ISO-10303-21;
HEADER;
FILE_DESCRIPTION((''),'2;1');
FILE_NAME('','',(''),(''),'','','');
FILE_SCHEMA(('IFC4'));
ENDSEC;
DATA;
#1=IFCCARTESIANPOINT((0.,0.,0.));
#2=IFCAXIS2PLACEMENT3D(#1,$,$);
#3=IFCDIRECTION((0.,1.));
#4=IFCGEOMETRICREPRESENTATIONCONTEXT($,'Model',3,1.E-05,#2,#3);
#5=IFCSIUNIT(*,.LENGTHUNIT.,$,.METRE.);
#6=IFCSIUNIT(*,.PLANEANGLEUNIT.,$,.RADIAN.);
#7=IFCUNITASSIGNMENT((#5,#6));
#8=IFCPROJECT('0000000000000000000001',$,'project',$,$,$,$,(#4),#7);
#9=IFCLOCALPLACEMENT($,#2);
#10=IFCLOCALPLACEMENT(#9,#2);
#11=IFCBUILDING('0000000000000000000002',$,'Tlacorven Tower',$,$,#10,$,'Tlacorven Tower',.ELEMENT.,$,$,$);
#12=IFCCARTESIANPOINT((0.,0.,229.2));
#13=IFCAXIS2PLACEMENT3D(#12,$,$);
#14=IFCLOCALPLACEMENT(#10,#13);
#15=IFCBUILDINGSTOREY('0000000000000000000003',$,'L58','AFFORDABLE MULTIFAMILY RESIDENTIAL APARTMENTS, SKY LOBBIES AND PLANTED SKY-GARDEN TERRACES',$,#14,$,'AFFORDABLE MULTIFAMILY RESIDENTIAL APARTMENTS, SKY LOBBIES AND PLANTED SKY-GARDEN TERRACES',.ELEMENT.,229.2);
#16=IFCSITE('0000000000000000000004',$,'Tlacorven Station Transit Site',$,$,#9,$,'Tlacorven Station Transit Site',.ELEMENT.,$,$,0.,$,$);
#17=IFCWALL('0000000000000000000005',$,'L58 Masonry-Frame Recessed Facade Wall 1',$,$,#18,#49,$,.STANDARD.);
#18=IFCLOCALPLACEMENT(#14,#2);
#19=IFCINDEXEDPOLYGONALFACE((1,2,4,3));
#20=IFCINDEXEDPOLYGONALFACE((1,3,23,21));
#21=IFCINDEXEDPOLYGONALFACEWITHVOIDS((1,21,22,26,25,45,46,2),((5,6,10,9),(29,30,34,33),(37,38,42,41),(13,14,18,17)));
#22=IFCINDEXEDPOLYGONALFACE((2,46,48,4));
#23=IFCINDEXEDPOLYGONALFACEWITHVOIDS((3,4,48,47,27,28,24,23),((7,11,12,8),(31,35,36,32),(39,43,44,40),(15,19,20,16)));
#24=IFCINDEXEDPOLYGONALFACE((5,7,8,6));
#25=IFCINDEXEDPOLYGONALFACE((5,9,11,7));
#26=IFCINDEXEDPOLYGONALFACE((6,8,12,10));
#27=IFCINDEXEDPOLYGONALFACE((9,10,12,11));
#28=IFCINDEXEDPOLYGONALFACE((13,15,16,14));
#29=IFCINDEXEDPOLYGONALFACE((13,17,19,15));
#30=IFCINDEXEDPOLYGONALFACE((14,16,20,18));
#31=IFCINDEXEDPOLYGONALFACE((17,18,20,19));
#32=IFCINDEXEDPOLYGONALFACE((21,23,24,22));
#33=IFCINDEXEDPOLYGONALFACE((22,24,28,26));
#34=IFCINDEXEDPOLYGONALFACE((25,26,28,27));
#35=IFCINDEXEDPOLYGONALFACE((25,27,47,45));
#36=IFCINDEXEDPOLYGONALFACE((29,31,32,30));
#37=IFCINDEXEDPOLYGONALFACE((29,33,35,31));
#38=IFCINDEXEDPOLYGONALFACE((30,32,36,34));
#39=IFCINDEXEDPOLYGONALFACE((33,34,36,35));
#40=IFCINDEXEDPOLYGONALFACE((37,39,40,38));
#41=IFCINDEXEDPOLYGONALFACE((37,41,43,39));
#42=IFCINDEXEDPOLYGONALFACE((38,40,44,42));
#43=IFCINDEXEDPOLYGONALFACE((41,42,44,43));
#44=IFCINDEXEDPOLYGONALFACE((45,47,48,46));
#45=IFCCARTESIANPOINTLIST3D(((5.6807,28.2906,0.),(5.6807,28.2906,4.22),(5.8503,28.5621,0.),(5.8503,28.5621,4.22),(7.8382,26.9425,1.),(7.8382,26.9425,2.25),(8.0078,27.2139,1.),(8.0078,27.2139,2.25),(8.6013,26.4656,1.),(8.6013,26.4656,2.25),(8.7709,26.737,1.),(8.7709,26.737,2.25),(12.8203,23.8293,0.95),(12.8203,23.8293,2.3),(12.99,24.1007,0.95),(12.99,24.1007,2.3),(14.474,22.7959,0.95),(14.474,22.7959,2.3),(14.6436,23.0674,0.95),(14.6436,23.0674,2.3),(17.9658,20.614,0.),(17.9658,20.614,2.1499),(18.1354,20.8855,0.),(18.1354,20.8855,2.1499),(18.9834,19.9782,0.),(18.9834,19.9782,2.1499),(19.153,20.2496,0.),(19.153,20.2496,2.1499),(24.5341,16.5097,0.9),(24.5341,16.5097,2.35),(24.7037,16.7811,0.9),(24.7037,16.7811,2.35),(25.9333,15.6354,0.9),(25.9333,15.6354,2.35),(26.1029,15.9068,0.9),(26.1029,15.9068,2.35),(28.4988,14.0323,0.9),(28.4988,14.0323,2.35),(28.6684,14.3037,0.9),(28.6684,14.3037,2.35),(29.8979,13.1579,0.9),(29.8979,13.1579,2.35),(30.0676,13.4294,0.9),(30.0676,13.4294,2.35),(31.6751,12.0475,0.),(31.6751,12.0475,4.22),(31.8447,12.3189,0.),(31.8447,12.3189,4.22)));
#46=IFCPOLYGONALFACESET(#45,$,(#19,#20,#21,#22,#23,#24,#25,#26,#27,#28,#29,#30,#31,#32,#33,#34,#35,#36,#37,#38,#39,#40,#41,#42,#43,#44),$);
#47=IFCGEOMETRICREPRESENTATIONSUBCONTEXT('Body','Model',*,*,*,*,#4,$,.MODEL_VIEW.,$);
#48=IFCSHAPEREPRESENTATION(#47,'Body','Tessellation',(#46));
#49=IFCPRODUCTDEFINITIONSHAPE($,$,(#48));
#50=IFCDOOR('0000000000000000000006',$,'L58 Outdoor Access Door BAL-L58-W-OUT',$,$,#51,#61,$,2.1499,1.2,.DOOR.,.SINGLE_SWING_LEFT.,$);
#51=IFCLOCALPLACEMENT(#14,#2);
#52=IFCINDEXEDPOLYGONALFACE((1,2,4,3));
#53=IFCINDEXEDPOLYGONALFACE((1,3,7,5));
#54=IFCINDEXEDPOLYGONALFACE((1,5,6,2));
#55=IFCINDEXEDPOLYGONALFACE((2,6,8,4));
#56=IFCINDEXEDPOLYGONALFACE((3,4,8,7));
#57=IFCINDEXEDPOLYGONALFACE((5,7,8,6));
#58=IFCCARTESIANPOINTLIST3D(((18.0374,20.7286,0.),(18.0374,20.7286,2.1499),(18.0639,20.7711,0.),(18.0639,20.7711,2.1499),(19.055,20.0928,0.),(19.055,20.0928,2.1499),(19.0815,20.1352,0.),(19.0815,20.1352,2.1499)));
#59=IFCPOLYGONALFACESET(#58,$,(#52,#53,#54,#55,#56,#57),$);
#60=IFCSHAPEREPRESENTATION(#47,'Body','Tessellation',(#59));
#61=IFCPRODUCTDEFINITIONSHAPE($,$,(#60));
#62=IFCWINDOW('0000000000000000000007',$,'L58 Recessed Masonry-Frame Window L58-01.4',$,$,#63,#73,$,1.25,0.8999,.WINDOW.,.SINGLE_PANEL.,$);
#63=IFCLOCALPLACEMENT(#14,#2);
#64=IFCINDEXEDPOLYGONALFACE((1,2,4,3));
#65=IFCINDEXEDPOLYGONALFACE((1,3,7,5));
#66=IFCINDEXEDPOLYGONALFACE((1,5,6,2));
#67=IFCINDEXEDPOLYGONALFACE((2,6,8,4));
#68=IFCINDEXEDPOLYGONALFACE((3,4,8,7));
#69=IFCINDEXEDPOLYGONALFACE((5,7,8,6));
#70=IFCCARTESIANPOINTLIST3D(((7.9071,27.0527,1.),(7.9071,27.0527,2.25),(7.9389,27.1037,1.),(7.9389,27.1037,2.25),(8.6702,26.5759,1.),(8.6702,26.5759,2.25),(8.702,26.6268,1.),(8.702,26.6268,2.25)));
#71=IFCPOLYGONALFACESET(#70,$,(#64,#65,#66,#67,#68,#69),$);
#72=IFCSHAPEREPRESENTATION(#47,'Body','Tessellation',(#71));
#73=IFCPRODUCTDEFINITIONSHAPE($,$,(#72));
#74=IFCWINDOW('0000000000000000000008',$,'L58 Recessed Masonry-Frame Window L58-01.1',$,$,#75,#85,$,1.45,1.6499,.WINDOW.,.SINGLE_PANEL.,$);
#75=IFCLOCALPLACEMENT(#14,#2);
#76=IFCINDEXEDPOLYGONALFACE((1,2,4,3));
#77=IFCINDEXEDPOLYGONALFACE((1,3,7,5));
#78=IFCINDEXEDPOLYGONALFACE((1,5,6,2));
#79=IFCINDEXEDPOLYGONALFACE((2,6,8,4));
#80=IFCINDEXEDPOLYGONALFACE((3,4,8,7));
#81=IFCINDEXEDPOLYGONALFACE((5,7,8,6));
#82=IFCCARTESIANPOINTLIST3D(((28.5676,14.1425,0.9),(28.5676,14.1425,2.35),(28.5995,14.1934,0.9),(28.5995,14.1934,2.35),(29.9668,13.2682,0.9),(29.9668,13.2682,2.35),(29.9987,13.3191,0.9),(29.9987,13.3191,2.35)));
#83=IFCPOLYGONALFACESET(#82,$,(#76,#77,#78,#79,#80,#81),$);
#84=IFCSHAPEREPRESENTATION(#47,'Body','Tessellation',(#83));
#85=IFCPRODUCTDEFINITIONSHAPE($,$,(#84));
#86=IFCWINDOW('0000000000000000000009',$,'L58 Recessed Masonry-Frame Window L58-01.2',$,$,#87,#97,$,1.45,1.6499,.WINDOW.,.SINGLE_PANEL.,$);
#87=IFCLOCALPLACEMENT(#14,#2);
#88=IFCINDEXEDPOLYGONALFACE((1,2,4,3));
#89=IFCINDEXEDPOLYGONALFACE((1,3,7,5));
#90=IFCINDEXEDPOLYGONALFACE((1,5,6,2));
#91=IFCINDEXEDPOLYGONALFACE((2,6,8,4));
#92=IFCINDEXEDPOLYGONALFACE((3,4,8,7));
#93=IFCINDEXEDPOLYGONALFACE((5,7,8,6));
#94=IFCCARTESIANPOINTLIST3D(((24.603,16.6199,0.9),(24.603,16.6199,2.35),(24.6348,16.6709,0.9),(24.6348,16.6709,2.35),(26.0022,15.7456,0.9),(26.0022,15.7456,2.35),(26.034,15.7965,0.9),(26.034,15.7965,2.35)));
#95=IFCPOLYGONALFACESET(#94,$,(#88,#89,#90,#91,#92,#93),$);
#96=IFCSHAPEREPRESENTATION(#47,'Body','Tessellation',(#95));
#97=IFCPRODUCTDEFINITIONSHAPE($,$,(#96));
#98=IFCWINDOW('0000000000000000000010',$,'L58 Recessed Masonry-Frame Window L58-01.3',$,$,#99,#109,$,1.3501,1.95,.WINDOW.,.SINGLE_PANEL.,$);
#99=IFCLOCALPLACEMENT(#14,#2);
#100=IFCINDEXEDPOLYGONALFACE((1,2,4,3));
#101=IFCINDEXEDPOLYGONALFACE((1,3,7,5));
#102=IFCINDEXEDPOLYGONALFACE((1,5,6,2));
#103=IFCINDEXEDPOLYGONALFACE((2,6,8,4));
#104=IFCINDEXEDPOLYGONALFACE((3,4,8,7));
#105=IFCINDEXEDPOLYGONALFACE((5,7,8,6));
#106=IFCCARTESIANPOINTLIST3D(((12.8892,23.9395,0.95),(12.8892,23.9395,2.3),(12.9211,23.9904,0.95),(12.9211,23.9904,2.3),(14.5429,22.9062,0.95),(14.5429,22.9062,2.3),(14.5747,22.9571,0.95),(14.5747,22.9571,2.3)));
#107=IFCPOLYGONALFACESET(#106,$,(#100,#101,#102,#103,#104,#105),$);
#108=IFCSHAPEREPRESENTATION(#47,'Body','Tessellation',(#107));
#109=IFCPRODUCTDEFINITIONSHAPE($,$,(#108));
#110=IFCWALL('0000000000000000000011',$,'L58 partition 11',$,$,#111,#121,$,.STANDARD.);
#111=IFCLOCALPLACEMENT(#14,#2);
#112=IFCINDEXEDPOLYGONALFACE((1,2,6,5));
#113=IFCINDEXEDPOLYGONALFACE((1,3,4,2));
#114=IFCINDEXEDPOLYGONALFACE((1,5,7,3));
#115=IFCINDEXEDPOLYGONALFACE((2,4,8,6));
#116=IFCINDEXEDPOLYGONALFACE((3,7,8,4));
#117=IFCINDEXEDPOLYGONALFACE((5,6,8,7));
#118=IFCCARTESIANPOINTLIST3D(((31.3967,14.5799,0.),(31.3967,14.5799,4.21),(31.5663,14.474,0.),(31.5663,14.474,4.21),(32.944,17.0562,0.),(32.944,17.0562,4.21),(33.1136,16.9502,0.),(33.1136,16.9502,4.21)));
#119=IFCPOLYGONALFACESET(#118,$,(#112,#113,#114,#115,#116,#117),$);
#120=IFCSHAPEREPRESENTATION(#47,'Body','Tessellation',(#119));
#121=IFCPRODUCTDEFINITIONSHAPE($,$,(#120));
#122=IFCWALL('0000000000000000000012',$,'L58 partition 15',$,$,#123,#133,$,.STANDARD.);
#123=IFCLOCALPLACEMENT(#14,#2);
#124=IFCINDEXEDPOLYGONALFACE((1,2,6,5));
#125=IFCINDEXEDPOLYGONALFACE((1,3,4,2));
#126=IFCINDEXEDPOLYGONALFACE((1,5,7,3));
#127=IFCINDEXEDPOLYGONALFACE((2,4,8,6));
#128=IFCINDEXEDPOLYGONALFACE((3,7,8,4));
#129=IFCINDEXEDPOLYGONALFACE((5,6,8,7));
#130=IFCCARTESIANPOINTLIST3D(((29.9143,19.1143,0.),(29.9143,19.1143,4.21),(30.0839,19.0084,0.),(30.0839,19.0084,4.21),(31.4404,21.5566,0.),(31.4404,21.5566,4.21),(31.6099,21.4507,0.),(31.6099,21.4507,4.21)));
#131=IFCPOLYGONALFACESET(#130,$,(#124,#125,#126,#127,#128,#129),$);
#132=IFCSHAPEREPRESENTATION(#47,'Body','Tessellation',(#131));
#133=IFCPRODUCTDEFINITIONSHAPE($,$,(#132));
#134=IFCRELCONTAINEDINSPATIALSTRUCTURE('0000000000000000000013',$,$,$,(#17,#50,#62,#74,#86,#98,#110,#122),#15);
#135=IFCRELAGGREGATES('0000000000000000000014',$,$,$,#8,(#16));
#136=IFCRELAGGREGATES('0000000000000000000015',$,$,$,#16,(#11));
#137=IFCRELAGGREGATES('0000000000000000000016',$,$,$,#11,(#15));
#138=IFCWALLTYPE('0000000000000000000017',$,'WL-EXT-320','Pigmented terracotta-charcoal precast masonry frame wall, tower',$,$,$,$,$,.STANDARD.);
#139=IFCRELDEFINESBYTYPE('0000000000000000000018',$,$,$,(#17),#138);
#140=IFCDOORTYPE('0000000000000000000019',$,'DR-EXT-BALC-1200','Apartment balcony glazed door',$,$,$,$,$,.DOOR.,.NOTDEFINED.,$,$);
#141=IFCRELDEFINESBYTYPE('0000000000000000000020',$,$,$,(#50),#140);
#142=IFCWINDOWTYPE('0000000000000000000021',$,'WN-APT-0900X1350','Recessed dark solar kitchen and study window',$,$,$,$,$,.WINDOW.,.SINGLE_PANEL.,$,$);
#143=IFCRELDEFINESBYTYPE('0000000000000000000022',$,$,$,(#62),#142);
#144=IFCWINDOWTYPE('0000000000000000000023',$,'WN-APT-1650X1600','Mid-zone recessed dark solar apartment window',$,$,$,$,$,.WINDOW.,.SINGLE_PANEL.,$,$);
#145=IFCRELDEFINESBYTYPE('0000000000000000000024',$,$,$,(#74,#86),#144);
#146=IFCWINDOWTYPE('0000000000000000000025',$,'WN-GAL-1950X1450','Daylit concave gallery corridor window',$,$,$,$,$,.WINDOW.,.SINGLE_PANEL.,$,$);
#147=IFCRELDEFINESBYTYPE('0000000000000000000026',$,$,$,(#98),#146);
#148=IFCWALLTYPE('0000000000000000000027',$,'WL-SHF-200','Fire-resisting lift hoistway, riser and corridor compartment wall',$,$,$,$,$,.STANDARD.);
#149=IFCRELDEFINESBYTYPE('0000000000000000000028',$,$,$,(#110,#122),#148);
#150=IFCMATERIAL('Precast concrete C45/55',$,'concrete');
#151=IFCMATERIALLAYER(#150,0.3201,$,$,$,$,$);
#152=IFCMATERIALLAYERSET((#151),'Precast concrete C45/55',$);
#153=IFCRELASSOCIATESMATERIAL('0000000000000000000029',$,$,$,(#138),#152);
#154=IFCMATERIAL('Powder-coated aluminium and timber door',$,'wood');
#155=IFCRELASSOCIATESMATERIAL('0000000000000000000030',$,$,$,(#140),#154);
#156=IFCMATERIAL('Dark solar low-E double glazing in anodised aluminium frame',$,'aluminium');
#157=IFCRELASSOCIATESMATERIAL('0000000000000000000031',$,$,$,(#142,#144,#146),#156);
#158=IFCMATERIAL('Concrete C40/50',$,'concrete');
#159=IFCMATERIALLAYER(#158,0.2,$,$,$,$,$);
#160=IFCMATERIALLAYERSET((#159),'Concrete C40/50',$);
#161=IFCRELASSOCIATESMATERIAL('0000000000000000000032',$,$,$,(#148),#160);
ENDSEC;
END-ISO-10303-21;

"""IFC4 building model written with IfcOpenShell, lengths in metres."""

from ifc_helpers import new_model, si_unit, direction, frame, frame_2d, origin, place, context, subcontext, project, spatial, rectangle, extrude, source, transform, mapped, material, layer, layer_set, type_object, element, fill, save


model = new_model("IFC4")

# Units and contexts
model_context = context("Model", 3, precision=1e-05, world=origin(), true_north=direction((0.0, 1.0)))
body_context = subcontext(model_context, "Body", "Model", "MODEL_VIEW")
ifc_project = project(units=[si_unit("LENGTHUNIT", "METRE"), si_unit("PLANEANGLEUNIT", "RADIAN")], contexts=[model_context])

# Site, building, storey
site_placement = place(None, origin())
site = spatial("IfcSite", under=ifc_project, at=site_placement, Name="Tlacorven Station Transit Site", LongName="Tlacorven Station Transit Site", CompositionType="ELEMENT", RefElevation=0.0)
building_placement = place(site_placement, origin())
building = spatial("IfcBuilding", under=site, at=building_placement, Name="Tlacorven Tower", LongName="Tlacorven Tower", CompositionType="ELEMENT")
storey_placement = place(building_placement, frame((0.0, 0.0, 229.2)))
storey = spatial("IfcBuildingStorey", under=building, at=storey_placement, Name="L58", Description="AFFORDABLE MULTIFAMILY RESIDENTIAL APARTMENTS, SKY LOBBIES AND PLANTED SKY-GARDEN TERRACES", LongName="AFFORDABLE MULTIFAMILY RESIDENTIAL APARTMENTS, SKY LOBBIES AND PLANTED SKY-GARDEN TERRACES", CompositionType="ELEMENT", Elevation=229.2)

# Wall, openings, door, windows
ifc_material_1 = material(Name="Precast concrete C45/55", Category="concrete")
ifc_layer_1 = layer(ifc_material_1, 0.3201)
ifc_layer_set_1 = layer_set([ifc_layer_1], Name="Precast concrete C45/55")
wall_type_1 = type_object("IfcWallType", Name="WL-EXT-320", Description="Pigmented terracotta-charcoal precast masonry frame wall, tower", PredefinedType="STANDARD", material=ifc_layer_set_1)
wall_1_placement = place(storey_placement, frame((31.76, 12.1831, 0.0), z_axis=(0.0, 0.0, 1.0), x_axis=(-0.848047, 0.529921, 0.0)))
wall_1 = element("IfcWall", 1, at=wall_1_placement, inside=storey, type_object=wall_type_1, Name="L58 Masonry-Frame Recessed Facade Wall 1", PredefinedType="STANDARD", context=body_context, shape_type="SweptSolid", body=[
    extrude(rectangle(XDim=30.6521, YDim=0.3201, at=frame_2d((15.3262, 0.0))), origin(), (0.0, 0.0, 1.0), 4.22),
])
opening_1_placement = place(wall_1_placement, frame((14.9658, 0.0, 0.0)))
opening_1 = element("IfcOpeningElement", 2, at=opening_1_placement, cuts=wall_1, PredefinedType="OPENING", context=body_context, shape_type="SweptSolid", body=[
    extrude(rectangle(XDim=1.2, YDim=2.1499, at=frame_2d((0.6001, 1.075))), frame((0.0, 0.1699, 0.0), z_axis=(0.0, -1.0, 0.0), x_axis=(1.0, 0.0, 0.0)), (0.0, 0.0, 1.0), 0.3401),
])
opening_2_placement = place(wall_1_placement, frame((2.0957, 0.0, 0.8999)))
opening_2 = element("IfcOpeningElement", 3, at=opening_2_placement, cuts=wall_1, PredefinedType="OPENING", context=body_context, shape_type="SweptSolid", body=[
    extrude(rectangle(XDim=1.6499, YDim=1.45, at=frame_2d((0.825, 0.7251))), frame((0.0, 0.1699, 0.0), z_axis=(0.0, -1.0, 0.0), x_axis=(1.0, 0.0, 0.0)), (0.0, 0.0, 1.0), 0.3401),
])
opening_3_placement = place(wall_1_placement, frame((6.7708, 0.0, 0.8999)))
opening_3 = element("IfcOpeningElement", 4, at=opening_3_placement, cuts=wall_1, PredefinedType="OPENING", context=body_context, shape_type="SweptSolid", body=[
    extrude(rectangle(XDim=1.6499, YDim=1.45, at=frame_2d((0.825, 0.7251))), frame((0.0, 0.1699, 0.0), z_axis=(0.0, -1.0, 0.0), x_axis=(1.0, 0.0, 0.0)), (0.0, 0.0, 1.0), 0.3401),
])
opening_4_placement = place(wall_1_placement, frame((20.2832, 0.0, 0.95)))
opening_4 = element("IfcOpeningElement", 5, at=opening_4_placement, cuts=wall_1, PredefinedType="OPENING", context=body_context, shape_type="SweptSolid", body=[
    extrude(rectangle(XDim=1.95, YDim=1.3501, at=frame_2d((0.9751, 0.675))), frame((0.0, 0.1699, 0.0), z_axis=(0.0, -1.0, 0.0), x_axis=(1.0, 0.0, 0.0)), (0.0, 0.0, 1.0), 0.3401),
])
opening_5_placement = place(wall_1_placement, frame((27.2083, 0.0, 1.0)))
opening_5 = element("IfcOpeningElement", 6, at=opening_5_placement, cuts=wall_1, PredefinedType="OPENING", context=body_context, shape_type="SweptSolid", body=[
    extrude(rectangle(XDim=0.8999, YDim=1.25, at=frame_2d((0.45, 0.625))), frame((0.0, 0.1699, 0.0), z_axis=(0.0, -1.0, 0.0), x_axis=(1.0, 0.0, 0.0)), (0.0, 0.0, 1.0), 0.3401),
])
ifc_material_2 = material(Name="Powder-coated aluminium and timber door", Category="wood")
door_type_1 = type_object("IfcDoorType", Name="DR-EXT-BALC-1200", Description="Apartment balcony glazed door", OperationType="NOTDEFINED", PredefinedType="DOOR", material=ifc_material_2)
shared_shape_1 = source(origin(), body_context, "Body", "SweptSolid", [
    extrude(rectangle(XDim=1.2, YDim=2.1499, at=frame_2d((0.6001, 1.075))), frame((0.0, 0.0249, 0.0), z_axis=(0.0, -1.0, 0.0), x_axis=(1.0, 0.0, 0.0)), (0.0, 0.0, 1.0), 0.05),
])
door_1_placement = place(opening_1_placement, origin())
door_1 = element("IfcDoor", 7, at=door_1_placement, inside=storey, type_object=door_type_1, Name="L58 Outdoor Access Door BAL-L58-W-OUT", OperationType="SINGLE_SWING_LEFT", OverallHeight=2.1499, OverallWidth=1.2, PredefinedType="DOOR", context=body_context, shape_type="MappedRepresentation", body=[
    mapped(shared_shape_1, transform((0.0, 0.0, 0.0), scale=1.0)),
])
fill(opening_1, door_1)
ifc_material_3 = material(Name="Dark solar low-E double glazing in anodised aluminium frame", Category="aluminium")
window_type_1 = type_object("IfcWindowType", Name="WN-APT-0900X1350", Description="Recessed dark solar kitchen and study window", PartitioningType="SINGLE_PANEL", PredefinedType="WINDOW", material=ifc_material_3)
shared_shape_2 = source(origin(), body_context, "Body", "SweptSolid", [
    extrude(rectangle(XDim=0.8999, YDim=1.25, at=frame_2d((0.45, 0.625))), frame((0.0, 0.03, 0.0), z_axis=(0.0, -1.0, 0.0), x_axis=(1.0, 0.0, 0.0)), (0.0, 0.0, 1.0), 0.0601),
])
window_1_placement = place(opening_5_placement, origin())
window_1 = element("IfcWindow", 8, at=window_1_placement, inside=storey, type_object=window_type_1, Name="L58 Recessed Masonry-Frame Window L58-01.4", OverallHeight=1.25, OverallWidth=0.8999, PartitioningType="SINGLE_PANEL", PredefinedType="WINDOW", context=body_context, shape_type="MappedRepresentation", body=[
    mapped(shared_shape_2, transform((0.0, 0.0, 0.0), scale=1.0)),
])
fill(opening_5, window_1)
window_type_2 = type_object("IfcWindowType", Name="WN-APT-1650X1600", Description="Mid-zone recessed dark solar apartment window", PartitioningType="SINGLE_PANEL", PredefinedType="WINDOW", material=ifc_material_3)
shared_shape_3 = source(origin(), body_context, "Body", "SweptSolid", [
    extrude(rectangle(XDim=1.6499, YDim=1.45, at=frame_2d((0.825, 0.7251))), frame((0.0, 0.03, 0.0), z_axis=(0.0, -1.0, 0.0), x_axis=(1.0, 0.0, 0.0)), (0.0, 0.0, 1.0), 0.0601),
])
window_2_placement = place(opening_2_placement, origin())
window_2 = element("IfcWindow", 9, at=window_2_placement, inside=storey, type_object=window_type_2, Name="L58 Recessed Masonry-Frame Window L58-01.1", OverallHeight=1.45, OverallWidth=1.6499, PartitioningType="SINGLE_PANEL", PredefinedType="WINDOW", context=body_context, shape_type="MappedRepresentation", body=[
    mapped(shared_shape_3, transform((0.0, 0.0, 0.0), scale=1.0)),
])
fill(opening_2, window_2)
window_3_placement = place(opening_3_placement, origin())
window_3 = element("IfcWindow", 10, at=window_3_placement, inside=storey, type_object=window_type_2, Name="L58 Recessed Masonry-Frame Window L58-01.2", OverallHeight=1.45, OverallWidth=1.6499, PartitioningType="SINGLE_PANEL", PredefinedType="WINDOW", context=body_context, shape_type="MappedRepresentation", body=[
    mapped(shared_shape_3, transform((0.0, 0.0, 0.0), scale=1.0)),
])
fill(opening_3, window_3)
window_type_3 = type_object("IfcWindowType", Name="WN-GAL-1950X1450", Description="Daylit concave gallery corridor window", PartitioningType="SINGLE_PANEL", PredefinedType="WINDOW", material=ifc_material_3)
shared_shape_4 = source(origin(), body_context, "Body", "SweptSolid", [
    extrude(rectangle(XDim=1.95, YDim=1.3501, at=frame_2d((0.9751, 0.675))), frame((0.0, 0.03, 0.0), z_axis=(0.0, -1.0, 0.0), x_axis=(1.0, 0.0, 0.0)), (0.0, 0.0, 1.0), 0.0601),
])
window_4_placement = place(opening_4_placement, origin())
window_4 = element("IfcWindow", 11, at=window_4_placement, inside=storey, type_object=window_type_3, Name="L58 Recessed Masonry-Frame Window L58-01.3", OverallHeight=1.3501, OverallWidth=1.95, PartitioningType="SINGLE_PANEL", PredefinedType="WINDOW", context=body_context, shape_type="MappedRepresentation", body=[
    mapped(shared_shape_4, transform((0.0, 0.0, 0.0), scale=1.0)),
])
fill(opening_4, window_4)

# Walls
ifc_material_4 = material(Name="Concrete C40/50", Category="concrete")
ifc_layer_2 = layer(ifc_material_4, 0.2)
ifc_layer_set_2 = layer_set([ifc_layer_2], Name="Concrete C40/50")
wall_type_2 = type_object("IfcWallType", Name="WL-SHF-200", Description="Fire-resisting lift hoistway, riser and corridor compartment wall", PredefinedType="STANDARD", material=ifc_layer_set_2)
wall_2_placement = place(storey_placement, frame((33.0288, 17.0032, 0.0), z_axis=(0.0, 0.0, 1.0), x_axis=(-0.529916, -0.84805, 0.0)))
element("IfcWall", 12, at=wall_2_placement, inside=storey, type_object=wall_type_2, Name="L58 partition 11", PredefinedType="STANDARD", context=body_context, shape_type="SweptSolid", body=[
    extrude(rectangle(XDim=2.9199, YDim=0.2, at=frame_2d((1.46, 0.0))), origin(), (0.0, 0.0, 1.0), 4.21),
])
wall_3_placement = place(storey_placement, frame((31.5251, 21.5037, 0.0), z_axis=(0.0, 0.0, 1.0), x_axis=(-0.529907, -0.848055, 0.0)))
element("IfcWall", 13, at=wall_3_placement, inside=storey, type_object=wall_type_2, Name="L58 partition 15", PredefinedType="STANDARD", context=body_context, shape_type="SweptSolid", body=[
    extrude(rectangle(XDim=2.8799, YDim=0.2, at=frame_2d((1.4399, 0.0))), origin(), (0.0, 0.0, 1.0), 4.21),
])

save(model, "model.ifc")
